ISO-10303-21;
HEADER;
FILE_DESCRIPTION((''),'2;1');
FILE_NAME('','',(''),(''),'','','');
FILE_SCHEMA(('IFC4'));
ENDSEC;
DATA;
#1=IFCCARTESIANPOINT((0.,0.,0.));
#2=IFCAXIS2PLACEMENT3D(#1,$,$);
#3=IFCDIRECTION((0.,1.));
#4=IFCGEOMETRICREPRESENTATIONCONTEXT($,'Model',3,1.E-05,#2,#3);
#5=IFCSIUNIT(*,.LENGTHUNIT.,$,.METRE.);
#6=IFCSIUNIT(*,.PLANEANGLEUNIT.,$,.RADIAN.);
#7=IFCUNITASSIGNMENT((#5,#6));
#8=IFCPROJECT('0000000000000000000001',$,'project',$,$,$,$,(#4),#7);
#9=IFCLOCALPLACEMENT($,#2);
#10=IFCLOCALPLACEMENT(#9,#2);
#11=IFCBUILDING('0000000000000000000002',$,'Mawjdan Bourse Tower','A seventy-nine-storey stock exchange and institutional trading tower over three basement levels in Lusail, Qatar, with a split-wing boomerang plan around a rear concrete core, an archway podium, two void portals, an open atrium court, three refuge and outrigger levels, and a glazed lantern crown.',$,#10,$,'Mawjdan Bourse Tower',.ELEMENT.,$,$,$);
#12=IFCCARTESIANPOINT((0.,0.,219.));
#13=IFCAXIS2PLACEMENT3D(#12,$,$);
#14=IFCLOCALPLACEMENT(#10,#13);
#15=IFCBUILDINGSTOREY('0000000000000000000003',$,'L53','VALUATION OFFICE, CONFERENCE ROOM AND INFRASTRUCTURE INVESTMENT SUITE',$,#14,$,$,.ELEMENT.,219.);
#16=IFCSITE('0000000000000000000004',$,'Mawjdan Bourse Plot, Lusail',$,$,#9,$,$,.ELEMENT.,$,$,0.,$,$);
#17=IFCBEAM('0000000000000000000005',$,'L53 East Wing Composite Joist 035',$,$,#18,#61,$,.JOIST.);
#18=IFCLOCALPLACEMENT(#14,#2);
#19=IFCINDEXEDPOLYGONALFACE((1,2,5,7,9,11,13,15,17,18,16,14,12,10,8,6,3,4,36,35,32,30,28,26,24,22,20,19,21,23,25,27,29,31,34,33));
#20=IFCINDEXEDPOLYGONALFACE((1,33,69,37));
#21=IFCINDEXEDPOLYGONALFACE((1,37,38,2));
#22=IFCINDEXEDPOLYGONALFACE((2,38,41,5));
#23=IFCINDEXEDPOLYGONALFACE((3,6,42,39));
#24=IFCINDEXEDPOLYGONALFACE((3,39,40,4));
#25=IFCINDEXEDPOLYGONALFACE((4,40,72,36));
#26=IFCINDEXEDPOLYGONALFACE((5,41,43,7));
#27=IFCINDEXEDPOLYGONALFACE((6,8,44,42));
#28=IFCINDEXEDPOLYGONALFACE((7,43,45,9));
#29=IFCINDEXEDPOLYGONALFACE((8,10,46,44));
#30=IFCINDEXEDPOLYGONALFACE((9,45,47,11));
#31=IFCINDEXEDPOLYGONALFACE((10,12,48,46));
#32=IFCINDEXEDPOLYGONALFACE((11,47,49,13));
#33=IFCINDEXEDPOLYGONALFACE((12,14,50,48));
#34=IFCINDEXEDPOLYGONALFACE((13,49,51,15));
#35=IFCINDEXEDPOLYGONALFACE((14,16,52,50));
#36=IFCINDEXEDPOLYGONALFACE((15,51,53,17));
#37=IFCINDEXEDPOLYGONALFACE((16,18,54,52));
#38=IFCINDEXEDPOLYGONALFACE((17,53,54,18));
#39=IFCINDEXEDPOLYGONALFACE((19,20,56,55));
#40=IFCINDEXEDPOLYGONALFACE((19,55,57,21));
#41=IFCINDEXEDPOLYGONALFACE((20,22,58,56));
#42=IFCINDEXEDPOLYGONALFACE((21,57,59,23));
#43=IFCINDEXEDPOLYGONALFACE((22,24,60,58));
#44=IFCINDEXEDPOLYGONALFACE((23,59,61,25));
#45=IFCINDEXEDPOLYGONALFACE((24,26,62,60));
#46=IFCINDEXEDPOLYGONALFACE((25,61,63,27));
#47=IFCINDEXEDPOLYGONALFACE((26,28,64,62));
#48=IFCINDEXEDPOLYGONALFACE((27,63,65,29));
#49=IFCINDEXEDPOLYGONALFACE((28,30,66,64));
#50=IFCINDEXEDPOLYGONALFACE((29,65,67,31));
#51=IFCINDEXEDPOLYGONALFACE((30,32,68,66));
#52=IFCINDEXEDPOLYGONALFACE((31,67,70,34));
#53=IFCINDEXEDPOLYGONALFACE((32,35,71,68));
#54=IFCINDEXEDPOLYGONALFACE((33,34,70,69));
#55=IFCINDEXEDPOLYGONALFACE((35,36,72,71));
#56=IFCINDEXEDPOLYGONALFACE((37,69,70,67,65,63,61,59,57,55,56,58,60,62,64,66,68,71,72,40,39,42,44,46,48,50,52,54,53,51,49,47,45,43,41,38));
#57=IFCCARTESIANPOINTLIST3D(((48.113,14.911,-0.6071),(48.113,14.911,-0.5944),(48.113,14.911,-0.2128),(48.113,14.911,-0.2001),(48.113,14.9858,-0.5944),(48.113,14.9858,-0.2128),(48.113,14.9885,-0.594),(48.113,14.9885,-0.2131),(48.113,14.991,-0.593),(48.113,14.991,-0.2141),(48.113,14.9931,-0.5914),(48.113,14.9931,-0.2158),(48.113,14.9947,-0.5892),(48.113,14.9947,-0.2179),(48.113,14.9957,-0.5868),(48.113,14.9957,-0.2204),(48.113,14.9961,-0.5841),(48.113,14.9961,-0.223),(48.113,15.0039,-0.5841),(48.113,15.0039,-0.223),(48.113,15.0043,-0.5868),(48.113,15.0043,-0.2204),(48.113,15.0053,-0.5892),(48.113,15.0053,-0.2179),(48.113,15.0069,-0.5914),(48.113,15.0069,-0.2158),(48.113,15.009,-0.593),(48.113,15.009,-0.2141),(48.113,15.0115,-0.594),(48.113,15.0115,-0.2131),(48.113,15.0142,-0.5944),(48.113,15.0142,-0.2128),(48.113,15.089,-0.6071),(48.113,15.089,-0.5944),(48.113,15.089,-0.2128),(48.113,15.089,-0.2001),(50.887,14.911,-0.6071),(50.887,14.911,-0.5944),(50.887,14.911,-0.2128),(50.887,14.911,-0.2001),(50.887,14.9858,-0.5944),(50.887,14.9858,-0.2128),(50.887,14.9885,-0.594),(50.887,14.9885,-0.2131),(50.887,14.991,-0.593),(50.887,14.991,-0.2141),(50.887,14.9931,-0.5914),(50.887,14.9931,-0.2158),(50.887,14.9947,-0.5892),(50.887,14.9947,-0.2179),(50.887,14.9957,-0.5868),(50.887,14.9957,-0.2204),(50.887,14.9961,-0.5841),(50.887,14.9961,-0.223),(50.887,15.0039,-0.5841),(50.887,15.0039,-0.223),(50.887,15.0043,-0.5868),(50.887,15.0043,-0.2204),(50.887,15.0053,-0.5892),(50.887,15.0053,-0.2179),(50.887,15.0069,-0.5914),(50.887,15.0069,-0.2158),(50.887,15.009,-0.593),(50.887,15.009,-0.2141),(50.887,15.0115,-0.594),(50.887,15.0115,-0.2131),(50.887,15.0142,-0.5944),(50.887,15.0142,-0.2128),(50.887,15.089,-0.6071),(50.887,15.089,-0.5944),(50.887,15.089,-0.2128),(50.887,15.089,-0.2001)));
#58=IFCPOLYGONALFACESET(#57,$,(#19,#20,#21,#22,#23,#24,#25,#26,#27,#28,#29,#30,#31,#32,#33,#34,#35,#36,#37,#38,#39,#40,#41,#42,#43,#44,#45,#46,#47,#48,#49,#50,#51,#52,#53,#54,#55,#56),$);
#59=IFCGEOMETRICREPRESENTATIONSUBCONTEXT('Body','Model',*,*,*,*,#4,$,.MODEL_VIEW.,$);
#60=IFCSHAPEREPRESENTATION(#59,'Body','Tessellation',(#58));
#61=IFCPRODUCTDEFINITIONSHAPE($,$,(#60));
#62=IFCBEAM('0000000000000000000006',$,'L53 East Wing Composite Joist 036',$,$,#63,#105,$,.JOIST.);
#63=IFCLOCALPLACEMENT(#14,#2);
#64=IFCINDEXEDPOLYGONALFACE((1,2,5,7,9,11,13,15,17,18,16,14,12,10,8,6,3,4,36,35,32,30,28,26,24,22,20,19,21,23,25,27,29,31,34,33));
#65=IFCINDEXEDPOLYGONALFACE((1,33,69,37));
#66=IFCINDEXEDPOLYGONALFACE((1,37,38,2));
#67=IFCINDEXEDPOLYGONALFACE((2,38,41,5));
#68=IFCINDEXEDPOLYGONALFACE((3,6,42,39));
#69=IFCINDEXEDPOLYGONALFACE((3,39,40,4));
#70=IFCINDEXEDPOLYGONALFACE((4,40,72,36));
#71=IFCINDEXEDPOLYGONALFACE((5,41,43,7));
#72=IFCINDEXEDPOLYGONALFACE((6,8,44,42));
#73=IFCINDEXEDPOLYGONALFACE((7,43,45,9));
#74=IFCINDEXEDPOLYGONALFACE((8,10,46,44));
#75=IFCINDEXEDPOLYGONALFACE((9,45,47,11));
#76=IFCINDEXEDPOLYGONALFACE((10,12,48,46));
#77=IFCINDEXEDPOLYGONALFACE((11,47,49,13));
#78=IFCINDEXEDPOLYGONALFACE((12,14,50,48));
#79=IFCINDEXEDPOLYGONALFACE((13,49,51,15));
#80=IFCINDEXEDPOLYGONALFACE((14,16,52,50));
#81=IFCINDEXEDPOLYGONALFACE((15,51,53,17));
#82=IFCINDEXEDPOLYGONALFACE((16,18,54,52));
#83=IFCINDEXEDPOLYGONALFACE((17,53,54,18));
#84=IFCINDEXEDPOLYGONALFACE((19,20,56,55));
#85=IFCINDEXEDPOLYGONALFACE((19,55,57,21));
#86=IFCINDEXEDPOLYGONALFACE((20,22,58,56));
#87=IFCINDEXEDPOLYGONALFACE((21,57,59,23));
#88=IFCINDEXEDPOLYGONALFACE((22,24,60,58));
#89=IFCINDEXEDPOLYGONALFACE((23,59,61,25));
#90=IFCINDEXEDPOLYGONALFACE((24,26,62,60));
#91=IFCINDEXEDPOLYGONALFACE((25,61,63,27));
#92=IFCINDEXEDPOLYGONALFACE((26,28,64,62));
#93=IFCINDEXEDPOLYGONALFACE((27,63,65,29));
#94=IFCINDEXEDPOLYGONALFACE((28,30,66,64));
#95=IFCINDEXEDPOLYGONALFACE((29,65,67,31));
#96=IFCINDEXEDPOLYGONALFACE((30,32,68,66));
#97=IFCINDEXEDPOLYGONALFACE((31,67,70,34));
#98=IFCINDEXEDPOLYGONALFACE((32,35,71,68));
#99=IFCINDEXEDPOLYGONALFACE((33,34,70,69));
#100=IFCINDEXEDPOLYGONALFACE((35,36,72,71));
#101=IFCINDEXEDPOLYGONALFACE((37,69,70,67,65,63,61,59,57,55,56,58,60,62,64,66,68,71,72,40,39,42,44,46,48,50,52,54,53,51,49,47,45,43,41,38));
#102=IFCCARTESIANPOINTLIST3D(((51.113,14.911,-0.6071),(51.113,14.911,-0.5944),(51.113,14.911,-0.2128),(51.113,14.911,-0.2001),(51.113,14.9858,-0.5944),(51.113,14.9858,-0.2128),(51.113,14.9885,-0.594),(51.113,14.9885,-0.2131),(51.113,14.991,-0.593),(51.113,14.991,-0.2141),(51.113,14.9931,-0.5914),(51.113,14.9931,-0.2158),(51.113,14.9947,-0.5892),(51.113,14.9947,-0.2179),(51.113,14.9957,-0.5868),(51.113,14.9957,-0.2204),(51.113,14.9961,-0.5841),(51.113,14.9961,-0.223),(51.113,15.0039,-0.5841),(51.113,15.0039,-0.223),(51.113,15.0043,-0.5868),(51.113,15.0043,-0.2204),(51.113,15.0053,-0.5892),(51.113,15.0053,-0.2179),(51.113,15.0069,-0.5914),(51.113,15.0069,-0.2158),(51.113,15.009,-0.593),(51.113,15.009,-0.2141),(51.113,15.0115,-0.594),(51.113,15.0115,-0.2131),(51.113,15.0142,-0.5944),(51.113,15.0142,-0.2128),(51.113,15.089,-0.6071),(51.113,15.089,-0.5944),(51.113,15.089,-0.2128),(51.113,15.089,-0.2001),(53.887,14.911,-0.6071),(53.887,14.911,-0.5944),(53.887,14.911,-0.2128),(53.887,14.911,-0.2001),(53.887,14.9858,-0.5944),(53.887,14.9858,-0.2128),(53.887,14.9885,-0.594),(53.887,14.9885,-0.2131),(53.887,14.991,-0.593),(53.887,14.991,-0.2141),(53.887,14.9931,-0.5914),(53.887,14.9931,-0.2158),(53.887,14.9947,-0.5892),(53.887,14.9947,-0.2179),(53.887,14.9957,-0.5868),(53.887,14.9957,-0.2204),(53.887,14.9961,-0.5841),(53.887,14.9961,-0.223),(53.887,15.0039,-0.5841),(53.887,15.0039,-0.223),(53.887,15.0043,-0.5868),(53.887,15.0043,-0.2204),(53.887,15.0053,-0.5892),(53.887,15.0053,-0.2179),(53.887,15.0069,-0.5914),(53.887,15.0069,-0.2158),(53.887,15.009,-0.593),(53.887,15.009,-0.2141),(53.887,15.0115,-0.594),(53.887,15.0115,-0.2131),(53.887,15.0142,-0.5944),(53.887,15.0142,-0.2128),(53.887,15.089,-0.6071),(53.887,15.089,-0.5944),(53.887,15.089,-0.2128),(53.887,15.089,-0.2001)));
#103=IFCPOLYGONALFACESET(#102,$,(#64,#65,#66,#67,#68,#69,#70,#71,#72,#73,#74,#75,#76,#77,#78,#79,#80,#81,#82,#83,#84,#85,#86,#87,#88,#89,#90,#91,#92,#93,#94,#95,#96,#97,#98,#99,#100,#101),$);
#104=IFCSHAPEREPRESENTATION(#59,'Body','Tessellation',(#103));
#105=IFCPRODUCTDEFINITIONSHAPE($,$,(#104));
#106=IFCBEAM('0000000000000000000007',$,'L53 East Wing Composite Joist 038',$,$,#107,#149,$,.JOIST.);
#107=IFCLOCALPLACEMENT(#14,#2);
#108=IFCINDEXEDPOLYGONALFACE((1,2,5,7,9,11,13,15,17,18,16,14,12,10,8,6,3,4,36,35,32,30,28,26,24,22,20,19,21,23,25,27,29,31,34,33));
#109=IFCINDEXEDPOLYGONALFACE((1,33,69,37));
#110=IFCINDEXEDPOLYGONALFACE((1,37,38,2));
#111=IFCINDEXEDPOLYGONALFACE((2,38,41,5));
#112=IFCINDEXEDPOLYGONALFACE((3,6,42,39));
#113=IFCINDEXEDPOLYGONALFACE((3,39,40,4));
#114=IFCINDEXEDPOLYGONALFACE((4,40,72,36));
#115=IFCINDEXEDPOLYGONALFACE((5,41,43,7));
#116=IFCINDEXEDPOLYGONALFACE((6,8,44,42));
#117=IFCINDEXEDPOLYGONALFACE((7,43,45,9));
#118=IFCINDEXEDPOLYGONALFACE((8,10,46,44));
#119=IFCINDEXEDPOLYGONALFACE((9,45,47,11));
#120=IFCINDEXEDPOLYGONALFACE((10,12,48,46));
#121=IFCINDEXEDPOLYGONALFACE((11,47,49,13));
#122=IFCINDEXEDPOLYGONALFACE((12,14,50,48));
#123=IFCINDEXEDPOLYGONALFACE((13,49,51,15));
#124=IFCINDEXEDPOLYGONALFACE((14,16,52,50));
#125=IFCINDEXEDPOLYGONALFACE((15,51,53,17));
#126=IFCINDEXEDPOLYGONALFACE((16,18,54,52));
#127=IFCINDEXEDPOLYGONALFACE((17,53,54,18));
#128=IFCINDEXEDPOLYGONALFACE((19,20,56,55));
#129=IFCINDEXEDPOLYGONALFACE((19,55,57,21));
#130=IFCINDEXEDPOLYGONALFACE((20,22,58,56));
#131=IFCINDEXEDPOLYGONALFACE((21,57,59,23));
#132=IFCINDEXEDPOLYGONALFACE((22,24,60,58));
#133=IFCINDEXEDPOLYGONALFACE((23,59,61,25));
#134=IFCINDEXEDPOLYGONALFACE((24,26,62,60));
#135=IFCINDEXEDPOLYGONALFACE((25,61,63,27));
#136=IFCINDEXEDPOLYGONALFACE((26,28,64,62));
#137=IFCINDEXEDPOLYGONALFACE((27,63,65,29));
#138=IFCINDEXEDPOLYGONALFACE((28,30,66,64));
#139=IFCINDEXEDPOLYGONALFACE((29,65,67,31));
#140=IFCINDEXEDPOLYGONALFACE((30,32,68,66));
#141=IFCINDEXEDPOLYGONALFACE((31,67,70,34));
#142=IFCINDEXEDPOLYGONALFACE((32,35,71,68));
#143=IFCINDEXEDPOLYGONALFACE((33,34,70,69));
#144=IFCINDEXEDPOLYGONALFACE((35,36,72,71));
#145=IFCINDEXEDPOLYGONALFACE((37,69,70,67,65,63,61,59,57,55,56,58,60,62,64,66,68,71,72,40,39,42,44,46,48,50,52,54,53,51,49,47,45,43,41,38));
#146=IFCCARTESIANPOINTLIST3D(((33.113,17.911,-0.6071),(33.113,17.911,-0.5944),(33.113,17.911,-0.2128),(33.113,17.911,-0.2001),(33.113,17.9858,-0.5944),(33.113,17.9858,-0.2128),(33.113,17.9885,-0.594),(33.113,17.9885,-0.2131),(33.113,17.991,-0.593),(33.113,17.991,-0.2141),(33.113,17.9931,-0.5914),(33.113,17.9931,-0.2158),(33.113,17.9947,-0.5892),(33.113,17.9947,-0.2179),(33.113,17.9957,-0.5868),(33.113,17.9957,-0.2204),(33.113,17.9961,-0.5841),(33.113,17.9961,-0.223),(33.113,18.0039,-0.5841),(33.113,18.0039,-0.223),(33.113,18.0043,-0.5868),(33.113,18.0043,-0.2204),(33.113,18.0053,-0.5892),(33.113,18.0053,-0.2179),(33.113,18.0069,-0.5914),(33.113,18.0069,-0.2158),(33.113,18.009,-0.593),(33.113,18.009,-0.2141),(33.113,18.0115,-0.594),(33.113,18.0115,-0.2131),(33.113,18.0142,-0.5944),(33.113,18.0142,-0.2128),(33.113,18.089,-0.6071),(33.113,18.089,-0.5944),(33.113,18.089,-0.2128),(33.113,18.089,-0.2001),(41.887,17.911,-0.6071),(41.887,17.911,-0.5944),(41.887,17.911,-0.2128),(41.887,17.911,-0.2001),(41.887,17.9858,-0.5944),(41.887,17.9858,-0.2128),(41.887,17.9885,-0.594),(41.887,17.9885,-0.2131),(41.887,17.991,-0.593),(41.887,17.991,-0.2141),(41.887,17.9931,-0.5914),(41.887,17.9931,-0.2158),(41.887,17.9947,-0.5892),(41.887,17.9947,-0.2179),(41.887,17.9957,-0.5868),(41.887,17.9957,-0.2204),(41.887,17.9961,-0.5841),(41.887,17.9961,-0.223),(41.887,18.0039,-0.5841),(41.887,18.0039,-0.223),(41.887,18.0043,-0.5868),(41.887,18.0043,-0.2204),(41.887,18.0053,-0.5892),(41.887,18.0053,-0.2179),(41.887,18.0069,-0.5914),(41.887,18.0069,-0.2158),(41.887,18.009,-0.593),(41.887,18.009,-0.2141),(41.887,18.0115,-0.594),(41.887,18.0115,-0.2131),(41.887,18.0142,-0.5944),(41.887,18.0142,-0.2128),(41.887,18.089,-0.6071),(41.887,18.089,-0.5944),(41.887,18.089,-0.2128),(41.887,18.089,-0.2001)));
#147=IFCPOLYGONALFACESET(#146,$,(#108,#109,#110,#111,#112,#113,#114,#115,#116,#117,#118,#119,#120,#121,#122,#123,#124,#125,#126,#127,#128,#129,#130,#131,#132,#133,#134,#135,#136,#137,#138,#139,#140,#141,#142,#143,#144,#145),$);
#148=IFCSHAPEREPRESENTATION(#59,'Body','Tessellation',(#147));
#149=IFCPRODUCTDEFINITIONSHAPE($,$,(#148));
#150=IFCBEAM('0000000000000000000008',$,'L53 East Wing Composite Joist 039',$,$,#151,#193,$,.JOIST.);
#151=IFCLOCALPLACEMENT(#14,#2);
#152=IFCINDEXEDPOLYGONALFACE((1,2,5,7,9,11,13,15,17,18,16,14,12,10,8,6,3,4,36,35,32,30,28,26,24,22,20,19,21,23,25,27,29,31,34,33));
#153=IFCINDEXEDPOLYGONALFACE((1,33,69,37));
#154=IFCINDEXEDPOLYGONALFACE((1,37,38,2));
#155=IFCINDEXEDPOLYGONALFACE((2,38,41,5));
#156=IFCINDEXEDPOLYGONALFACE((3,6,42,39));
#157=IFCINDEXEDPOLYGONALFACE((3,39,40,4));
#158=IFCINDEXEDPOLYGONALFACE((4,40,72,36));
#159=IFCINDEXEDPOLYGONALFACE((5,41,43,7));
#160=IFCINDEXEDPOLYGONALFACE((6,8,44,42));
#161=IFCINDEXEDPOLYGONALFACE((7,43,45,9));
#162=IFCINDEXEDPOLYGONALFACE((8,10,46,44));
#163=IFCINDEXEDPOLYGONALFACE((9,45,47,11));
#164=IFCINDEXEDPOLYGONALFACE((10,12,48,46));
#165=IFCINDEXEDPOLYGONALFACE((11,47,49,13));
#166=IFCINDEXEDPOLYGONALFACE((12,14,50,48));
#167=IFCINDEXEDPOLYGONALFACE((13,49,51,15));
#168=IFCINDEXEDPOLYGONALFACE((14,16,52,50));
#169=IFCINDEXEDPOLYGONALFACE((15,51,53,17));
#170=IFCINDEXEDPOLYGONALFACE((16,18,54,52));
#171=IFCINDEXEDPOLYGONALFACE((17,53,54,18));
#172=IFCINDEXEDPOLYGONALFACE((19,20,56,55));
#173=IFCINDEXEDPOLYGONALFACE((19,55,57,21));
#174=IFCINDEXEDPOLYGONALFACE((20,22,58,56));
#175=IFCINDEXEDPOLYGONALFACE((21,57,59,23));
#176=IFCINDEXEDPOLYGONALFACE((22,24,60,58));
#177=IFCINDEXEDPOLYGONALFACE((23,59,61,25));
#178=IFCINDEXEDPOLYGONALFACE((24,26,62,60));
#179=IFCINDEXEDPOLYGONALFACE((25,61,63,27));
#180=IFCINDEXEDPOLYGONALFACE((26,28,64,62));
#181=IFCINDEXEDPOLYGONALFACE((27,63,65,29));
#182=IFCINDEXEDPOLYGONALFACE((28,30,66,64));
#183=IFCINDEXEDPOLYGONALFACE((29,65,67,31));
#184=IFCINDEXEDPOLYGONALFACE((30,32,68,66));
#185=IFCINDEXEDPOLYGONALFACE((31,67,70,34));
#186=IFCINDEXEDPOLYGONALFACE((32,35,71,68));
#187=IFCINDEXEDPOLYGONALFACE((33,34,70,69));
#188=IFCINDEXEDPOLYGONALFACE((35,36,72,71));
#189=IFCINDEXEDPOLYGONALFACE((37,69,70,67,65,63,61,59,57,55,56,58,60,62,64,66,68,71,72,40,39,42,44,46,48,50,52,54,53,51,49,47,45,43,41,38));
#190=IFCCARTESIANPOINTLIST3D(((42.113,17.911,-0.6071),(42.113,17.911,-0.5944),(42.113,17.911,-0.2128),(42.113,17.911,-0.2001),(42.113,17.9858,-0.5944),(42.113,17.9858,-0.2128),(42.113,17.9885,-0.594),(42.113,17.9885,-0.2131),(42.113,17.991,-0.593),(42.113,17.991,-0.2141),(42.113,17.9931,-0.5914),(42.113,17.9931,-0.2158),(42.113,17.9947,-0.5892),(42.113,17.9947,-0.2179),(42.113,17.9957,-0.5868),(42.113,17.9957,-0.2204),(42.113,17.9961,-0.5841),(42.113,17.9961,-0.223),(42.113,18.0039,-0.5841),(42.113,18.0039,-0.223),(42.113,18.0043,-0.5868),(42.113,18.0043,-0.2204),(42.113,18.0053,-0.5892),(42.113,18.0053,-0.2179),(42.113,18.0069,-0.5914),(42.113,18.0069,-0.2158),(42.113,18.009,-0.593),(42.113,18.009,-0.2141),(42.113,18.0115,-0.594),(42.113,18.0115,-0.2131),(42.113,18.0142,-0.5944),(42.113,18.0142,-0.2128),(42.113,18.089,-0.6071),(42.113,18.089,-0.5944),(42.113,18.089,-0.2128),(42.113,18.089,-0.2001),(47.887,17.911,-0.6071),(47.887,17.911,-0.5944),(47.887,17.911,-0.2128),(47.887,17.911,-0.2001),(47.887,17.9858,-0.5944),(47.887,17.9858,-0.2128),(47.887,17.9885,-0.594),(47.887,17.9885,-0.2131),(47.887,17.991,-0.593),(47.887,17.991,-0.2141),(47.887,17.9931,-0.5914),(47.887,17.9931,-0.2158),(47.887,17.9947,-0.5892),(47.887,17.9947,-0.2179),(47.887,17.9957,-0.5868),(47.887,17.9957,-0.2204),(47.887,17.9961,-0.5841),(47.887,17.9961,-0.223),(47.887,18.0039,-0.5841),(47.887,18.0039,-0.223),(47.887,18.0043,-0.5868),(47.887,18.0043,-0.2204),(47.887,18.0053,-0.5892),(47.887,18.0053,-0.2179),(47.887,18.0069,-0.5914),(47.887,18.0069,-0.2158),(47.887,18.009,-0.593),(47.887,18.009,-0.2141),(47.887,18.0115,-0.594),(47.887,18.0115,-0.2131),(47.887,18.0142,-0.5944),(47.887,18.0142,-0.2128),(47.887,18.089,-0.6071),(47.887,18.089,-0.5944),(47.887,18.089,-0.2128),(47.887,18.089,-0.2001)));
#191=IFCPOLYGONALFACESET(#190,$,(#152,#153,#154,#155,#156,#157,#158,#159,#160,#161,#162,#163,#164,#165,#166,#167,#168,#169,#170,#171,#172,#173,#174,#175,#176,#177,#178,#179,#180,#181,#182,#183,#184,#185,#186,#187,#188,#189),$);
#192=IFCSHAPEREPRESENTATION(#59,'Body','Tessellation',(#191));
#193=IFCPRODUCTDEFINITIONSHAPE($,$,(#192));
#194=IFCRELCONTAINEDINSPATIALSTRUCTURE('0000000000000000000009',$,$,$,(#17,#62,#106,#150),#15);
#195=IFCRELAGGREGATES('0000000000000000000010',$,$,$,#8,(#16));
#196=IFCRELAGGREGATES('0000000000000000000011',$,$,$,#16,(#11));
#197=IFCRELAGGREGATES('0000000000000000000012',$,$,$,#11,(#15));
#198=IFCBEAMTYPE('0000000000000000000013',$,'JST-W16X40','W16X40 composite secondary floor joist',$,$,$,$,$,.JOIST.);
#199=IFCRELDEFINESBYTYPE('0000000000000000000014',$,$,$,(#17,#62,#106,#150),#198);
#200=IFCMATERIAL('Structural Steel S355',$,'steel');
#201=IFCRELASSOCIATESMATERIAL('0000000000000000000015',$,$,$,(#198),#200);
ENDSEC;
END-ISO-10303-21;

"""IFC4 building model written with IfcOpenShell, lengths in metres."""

from ifc_helpers import new_model, si_unit, direction, frame, origin, origin_2d, place, context, subcontext, project, spatial, i_section, extrude, material, material_profile, profile_set, type_object, element, save


model = new_model("IFC4")

# Units and contexts
model_context = context("Model", 3, precision=1e-05, world=origin(), true_north=direction((0.0, 1.0)))
body_context = subcontext(model_context, "Body", "Model", "MODEL_VIEW")
ifc_project = project(units=[si_unit("LENGTHUNIT", "METRE"), si_unit("PLANEANGLEUNIT", "RADIAN")], contexts=[model_context])

# Site, building, storey
site_placement = place(None, origin())
site = spatial("IfcSite", under=ifc_project, at=site_placement, Name="Mawjdan Bourse Plot, Lusail", CompositionType="ELEMENT", RefElevation=0.0)
building_placement = place(site_placement, origin())
building = spatial("IfcBuilding", under=site, at=building_placement, Name="Mawjdan Bourse Tower", Description="A seventy-nine-storey stock exchange and institutional trading tower over three basement levels in Lusail, Qatar, with a split-wing boomerang plan around a rear concrete core, an archway podium, two void portals, an open atrium court, three refuge and outrigger levels, and a glazed lantern crown.", LongName="Mawjdan Bourse Tower", CompositionType="ELEMENT")
storey_placement = place(building_placement, frame((0.0, 0.0, 219.0)))
storey = spatial("IfcBuildingStorey", under=building, at=storey_placement, Name="L53", Description="VALUATION OFFICE, CONFERENCE ROOM AND INFRASTRUCTURE INVESTMENT SUITE", CompositionType="ELEMENT", Elevation=219.0)

# Beams
ifc_material_1 = material(Name="Structural Steel S355", Category="steel")
ifc_material_profile_1 = material_profile(ifc_material_1, i_section(OverallWidth=0.178, OverallDepth=0.407, WebThickness=0.0078, FlangeThickness=0.0127, FilletRadius=0.0103, at=origin_2d()), Name="W16X40")
ifc_profile_set_1 = profile_set([ifc_material_profile_1], Name="Structural Steel S355")
beam_type_1 = type_object("IfcBeamType", Name="JST-W16X40", Description="W16X40 composite secondary floor joist", PredefinedType="JOIST", material=ifc_profile_set_1)
for number, where, z_axis, x_axis, name in (
    (1, (48.113, 15.0, -0.4036), (1.0, 0.0, 0.0), (0.0, 1.0, 0.0), "L53 East Wing Composite Joist 035"),
    (2, (51.113, 15.0, -0.4036), (1.0, 0.0, 0.0), (0.0, 1.0, 0.0), "L53 East Wing Composite Joist 036"),
):
    element("IfcBeam", number, at=place(storey_placement, frame(where, z_axis=z_axis, x_axis=x_axis)), inside=storey, type_object=beam_type_1, Name=name, PredefinedType="JOIST", context=body_context, shape_type="SweptSolid", body=[
        extrude(i_section(OverallWidth=0.178, OverallDepth=0.407, WebThickness=0.0078, FlangeThickness=0.0127, FilletRadius=0.0103, at=origin_2d()), origin(), (0.0, 0.0, 1.0), 2.7739),
    ])
beam_1_placement = place(storey_placement, frame((33.113, 18.0, -0.4036), z_axis=(1.0, 0.0, 0.0), x_axis=(0.0, 1.0, 0.0)))
element("IfcBeam", 3, at=beam_1_placement, inside=storey, type_object=beam_type_1, Name="L53 East Wing Composite Joist 038", PredefinedType="JOIST", context=body_context, shape_type="SweptSolid", body=[
    extrude(i_section(OverallWidth=0.178, OverallDepth=0.407, WebThickness=0.0078, FlangeThickness=0.0127, FilletRadius=0.0103, at=origin_2d()), origin(), (0.0, 0.0, 1.0), 8.7739),
])
beam_2_placement = place(storey_placement, frame((42.113, 18.0, -0.4036), z_axis=(1.0, 0.0, 0.0), x_axis=(0.0, 1.0, 0.0)))
element("IfcBeam", 4, at=beam_2_placement, inside=storey, type_object=beam_type_1, Name="L53 East Wing Composite Joist 039", PredefinedType="JOIST", context=body_context, shape_type="SweptSolid", body=[
    extrude(i_section(OverallWidth=0.178, OverallDepth=0.407, WebThickness=0.0078, FlangeThickness=0.0127, FilletRadius=0.0103, at=origin_2d()), origin(), (0.0, 0.0, 1.0), 5.7739),
])

save(model, "model.ifc")
